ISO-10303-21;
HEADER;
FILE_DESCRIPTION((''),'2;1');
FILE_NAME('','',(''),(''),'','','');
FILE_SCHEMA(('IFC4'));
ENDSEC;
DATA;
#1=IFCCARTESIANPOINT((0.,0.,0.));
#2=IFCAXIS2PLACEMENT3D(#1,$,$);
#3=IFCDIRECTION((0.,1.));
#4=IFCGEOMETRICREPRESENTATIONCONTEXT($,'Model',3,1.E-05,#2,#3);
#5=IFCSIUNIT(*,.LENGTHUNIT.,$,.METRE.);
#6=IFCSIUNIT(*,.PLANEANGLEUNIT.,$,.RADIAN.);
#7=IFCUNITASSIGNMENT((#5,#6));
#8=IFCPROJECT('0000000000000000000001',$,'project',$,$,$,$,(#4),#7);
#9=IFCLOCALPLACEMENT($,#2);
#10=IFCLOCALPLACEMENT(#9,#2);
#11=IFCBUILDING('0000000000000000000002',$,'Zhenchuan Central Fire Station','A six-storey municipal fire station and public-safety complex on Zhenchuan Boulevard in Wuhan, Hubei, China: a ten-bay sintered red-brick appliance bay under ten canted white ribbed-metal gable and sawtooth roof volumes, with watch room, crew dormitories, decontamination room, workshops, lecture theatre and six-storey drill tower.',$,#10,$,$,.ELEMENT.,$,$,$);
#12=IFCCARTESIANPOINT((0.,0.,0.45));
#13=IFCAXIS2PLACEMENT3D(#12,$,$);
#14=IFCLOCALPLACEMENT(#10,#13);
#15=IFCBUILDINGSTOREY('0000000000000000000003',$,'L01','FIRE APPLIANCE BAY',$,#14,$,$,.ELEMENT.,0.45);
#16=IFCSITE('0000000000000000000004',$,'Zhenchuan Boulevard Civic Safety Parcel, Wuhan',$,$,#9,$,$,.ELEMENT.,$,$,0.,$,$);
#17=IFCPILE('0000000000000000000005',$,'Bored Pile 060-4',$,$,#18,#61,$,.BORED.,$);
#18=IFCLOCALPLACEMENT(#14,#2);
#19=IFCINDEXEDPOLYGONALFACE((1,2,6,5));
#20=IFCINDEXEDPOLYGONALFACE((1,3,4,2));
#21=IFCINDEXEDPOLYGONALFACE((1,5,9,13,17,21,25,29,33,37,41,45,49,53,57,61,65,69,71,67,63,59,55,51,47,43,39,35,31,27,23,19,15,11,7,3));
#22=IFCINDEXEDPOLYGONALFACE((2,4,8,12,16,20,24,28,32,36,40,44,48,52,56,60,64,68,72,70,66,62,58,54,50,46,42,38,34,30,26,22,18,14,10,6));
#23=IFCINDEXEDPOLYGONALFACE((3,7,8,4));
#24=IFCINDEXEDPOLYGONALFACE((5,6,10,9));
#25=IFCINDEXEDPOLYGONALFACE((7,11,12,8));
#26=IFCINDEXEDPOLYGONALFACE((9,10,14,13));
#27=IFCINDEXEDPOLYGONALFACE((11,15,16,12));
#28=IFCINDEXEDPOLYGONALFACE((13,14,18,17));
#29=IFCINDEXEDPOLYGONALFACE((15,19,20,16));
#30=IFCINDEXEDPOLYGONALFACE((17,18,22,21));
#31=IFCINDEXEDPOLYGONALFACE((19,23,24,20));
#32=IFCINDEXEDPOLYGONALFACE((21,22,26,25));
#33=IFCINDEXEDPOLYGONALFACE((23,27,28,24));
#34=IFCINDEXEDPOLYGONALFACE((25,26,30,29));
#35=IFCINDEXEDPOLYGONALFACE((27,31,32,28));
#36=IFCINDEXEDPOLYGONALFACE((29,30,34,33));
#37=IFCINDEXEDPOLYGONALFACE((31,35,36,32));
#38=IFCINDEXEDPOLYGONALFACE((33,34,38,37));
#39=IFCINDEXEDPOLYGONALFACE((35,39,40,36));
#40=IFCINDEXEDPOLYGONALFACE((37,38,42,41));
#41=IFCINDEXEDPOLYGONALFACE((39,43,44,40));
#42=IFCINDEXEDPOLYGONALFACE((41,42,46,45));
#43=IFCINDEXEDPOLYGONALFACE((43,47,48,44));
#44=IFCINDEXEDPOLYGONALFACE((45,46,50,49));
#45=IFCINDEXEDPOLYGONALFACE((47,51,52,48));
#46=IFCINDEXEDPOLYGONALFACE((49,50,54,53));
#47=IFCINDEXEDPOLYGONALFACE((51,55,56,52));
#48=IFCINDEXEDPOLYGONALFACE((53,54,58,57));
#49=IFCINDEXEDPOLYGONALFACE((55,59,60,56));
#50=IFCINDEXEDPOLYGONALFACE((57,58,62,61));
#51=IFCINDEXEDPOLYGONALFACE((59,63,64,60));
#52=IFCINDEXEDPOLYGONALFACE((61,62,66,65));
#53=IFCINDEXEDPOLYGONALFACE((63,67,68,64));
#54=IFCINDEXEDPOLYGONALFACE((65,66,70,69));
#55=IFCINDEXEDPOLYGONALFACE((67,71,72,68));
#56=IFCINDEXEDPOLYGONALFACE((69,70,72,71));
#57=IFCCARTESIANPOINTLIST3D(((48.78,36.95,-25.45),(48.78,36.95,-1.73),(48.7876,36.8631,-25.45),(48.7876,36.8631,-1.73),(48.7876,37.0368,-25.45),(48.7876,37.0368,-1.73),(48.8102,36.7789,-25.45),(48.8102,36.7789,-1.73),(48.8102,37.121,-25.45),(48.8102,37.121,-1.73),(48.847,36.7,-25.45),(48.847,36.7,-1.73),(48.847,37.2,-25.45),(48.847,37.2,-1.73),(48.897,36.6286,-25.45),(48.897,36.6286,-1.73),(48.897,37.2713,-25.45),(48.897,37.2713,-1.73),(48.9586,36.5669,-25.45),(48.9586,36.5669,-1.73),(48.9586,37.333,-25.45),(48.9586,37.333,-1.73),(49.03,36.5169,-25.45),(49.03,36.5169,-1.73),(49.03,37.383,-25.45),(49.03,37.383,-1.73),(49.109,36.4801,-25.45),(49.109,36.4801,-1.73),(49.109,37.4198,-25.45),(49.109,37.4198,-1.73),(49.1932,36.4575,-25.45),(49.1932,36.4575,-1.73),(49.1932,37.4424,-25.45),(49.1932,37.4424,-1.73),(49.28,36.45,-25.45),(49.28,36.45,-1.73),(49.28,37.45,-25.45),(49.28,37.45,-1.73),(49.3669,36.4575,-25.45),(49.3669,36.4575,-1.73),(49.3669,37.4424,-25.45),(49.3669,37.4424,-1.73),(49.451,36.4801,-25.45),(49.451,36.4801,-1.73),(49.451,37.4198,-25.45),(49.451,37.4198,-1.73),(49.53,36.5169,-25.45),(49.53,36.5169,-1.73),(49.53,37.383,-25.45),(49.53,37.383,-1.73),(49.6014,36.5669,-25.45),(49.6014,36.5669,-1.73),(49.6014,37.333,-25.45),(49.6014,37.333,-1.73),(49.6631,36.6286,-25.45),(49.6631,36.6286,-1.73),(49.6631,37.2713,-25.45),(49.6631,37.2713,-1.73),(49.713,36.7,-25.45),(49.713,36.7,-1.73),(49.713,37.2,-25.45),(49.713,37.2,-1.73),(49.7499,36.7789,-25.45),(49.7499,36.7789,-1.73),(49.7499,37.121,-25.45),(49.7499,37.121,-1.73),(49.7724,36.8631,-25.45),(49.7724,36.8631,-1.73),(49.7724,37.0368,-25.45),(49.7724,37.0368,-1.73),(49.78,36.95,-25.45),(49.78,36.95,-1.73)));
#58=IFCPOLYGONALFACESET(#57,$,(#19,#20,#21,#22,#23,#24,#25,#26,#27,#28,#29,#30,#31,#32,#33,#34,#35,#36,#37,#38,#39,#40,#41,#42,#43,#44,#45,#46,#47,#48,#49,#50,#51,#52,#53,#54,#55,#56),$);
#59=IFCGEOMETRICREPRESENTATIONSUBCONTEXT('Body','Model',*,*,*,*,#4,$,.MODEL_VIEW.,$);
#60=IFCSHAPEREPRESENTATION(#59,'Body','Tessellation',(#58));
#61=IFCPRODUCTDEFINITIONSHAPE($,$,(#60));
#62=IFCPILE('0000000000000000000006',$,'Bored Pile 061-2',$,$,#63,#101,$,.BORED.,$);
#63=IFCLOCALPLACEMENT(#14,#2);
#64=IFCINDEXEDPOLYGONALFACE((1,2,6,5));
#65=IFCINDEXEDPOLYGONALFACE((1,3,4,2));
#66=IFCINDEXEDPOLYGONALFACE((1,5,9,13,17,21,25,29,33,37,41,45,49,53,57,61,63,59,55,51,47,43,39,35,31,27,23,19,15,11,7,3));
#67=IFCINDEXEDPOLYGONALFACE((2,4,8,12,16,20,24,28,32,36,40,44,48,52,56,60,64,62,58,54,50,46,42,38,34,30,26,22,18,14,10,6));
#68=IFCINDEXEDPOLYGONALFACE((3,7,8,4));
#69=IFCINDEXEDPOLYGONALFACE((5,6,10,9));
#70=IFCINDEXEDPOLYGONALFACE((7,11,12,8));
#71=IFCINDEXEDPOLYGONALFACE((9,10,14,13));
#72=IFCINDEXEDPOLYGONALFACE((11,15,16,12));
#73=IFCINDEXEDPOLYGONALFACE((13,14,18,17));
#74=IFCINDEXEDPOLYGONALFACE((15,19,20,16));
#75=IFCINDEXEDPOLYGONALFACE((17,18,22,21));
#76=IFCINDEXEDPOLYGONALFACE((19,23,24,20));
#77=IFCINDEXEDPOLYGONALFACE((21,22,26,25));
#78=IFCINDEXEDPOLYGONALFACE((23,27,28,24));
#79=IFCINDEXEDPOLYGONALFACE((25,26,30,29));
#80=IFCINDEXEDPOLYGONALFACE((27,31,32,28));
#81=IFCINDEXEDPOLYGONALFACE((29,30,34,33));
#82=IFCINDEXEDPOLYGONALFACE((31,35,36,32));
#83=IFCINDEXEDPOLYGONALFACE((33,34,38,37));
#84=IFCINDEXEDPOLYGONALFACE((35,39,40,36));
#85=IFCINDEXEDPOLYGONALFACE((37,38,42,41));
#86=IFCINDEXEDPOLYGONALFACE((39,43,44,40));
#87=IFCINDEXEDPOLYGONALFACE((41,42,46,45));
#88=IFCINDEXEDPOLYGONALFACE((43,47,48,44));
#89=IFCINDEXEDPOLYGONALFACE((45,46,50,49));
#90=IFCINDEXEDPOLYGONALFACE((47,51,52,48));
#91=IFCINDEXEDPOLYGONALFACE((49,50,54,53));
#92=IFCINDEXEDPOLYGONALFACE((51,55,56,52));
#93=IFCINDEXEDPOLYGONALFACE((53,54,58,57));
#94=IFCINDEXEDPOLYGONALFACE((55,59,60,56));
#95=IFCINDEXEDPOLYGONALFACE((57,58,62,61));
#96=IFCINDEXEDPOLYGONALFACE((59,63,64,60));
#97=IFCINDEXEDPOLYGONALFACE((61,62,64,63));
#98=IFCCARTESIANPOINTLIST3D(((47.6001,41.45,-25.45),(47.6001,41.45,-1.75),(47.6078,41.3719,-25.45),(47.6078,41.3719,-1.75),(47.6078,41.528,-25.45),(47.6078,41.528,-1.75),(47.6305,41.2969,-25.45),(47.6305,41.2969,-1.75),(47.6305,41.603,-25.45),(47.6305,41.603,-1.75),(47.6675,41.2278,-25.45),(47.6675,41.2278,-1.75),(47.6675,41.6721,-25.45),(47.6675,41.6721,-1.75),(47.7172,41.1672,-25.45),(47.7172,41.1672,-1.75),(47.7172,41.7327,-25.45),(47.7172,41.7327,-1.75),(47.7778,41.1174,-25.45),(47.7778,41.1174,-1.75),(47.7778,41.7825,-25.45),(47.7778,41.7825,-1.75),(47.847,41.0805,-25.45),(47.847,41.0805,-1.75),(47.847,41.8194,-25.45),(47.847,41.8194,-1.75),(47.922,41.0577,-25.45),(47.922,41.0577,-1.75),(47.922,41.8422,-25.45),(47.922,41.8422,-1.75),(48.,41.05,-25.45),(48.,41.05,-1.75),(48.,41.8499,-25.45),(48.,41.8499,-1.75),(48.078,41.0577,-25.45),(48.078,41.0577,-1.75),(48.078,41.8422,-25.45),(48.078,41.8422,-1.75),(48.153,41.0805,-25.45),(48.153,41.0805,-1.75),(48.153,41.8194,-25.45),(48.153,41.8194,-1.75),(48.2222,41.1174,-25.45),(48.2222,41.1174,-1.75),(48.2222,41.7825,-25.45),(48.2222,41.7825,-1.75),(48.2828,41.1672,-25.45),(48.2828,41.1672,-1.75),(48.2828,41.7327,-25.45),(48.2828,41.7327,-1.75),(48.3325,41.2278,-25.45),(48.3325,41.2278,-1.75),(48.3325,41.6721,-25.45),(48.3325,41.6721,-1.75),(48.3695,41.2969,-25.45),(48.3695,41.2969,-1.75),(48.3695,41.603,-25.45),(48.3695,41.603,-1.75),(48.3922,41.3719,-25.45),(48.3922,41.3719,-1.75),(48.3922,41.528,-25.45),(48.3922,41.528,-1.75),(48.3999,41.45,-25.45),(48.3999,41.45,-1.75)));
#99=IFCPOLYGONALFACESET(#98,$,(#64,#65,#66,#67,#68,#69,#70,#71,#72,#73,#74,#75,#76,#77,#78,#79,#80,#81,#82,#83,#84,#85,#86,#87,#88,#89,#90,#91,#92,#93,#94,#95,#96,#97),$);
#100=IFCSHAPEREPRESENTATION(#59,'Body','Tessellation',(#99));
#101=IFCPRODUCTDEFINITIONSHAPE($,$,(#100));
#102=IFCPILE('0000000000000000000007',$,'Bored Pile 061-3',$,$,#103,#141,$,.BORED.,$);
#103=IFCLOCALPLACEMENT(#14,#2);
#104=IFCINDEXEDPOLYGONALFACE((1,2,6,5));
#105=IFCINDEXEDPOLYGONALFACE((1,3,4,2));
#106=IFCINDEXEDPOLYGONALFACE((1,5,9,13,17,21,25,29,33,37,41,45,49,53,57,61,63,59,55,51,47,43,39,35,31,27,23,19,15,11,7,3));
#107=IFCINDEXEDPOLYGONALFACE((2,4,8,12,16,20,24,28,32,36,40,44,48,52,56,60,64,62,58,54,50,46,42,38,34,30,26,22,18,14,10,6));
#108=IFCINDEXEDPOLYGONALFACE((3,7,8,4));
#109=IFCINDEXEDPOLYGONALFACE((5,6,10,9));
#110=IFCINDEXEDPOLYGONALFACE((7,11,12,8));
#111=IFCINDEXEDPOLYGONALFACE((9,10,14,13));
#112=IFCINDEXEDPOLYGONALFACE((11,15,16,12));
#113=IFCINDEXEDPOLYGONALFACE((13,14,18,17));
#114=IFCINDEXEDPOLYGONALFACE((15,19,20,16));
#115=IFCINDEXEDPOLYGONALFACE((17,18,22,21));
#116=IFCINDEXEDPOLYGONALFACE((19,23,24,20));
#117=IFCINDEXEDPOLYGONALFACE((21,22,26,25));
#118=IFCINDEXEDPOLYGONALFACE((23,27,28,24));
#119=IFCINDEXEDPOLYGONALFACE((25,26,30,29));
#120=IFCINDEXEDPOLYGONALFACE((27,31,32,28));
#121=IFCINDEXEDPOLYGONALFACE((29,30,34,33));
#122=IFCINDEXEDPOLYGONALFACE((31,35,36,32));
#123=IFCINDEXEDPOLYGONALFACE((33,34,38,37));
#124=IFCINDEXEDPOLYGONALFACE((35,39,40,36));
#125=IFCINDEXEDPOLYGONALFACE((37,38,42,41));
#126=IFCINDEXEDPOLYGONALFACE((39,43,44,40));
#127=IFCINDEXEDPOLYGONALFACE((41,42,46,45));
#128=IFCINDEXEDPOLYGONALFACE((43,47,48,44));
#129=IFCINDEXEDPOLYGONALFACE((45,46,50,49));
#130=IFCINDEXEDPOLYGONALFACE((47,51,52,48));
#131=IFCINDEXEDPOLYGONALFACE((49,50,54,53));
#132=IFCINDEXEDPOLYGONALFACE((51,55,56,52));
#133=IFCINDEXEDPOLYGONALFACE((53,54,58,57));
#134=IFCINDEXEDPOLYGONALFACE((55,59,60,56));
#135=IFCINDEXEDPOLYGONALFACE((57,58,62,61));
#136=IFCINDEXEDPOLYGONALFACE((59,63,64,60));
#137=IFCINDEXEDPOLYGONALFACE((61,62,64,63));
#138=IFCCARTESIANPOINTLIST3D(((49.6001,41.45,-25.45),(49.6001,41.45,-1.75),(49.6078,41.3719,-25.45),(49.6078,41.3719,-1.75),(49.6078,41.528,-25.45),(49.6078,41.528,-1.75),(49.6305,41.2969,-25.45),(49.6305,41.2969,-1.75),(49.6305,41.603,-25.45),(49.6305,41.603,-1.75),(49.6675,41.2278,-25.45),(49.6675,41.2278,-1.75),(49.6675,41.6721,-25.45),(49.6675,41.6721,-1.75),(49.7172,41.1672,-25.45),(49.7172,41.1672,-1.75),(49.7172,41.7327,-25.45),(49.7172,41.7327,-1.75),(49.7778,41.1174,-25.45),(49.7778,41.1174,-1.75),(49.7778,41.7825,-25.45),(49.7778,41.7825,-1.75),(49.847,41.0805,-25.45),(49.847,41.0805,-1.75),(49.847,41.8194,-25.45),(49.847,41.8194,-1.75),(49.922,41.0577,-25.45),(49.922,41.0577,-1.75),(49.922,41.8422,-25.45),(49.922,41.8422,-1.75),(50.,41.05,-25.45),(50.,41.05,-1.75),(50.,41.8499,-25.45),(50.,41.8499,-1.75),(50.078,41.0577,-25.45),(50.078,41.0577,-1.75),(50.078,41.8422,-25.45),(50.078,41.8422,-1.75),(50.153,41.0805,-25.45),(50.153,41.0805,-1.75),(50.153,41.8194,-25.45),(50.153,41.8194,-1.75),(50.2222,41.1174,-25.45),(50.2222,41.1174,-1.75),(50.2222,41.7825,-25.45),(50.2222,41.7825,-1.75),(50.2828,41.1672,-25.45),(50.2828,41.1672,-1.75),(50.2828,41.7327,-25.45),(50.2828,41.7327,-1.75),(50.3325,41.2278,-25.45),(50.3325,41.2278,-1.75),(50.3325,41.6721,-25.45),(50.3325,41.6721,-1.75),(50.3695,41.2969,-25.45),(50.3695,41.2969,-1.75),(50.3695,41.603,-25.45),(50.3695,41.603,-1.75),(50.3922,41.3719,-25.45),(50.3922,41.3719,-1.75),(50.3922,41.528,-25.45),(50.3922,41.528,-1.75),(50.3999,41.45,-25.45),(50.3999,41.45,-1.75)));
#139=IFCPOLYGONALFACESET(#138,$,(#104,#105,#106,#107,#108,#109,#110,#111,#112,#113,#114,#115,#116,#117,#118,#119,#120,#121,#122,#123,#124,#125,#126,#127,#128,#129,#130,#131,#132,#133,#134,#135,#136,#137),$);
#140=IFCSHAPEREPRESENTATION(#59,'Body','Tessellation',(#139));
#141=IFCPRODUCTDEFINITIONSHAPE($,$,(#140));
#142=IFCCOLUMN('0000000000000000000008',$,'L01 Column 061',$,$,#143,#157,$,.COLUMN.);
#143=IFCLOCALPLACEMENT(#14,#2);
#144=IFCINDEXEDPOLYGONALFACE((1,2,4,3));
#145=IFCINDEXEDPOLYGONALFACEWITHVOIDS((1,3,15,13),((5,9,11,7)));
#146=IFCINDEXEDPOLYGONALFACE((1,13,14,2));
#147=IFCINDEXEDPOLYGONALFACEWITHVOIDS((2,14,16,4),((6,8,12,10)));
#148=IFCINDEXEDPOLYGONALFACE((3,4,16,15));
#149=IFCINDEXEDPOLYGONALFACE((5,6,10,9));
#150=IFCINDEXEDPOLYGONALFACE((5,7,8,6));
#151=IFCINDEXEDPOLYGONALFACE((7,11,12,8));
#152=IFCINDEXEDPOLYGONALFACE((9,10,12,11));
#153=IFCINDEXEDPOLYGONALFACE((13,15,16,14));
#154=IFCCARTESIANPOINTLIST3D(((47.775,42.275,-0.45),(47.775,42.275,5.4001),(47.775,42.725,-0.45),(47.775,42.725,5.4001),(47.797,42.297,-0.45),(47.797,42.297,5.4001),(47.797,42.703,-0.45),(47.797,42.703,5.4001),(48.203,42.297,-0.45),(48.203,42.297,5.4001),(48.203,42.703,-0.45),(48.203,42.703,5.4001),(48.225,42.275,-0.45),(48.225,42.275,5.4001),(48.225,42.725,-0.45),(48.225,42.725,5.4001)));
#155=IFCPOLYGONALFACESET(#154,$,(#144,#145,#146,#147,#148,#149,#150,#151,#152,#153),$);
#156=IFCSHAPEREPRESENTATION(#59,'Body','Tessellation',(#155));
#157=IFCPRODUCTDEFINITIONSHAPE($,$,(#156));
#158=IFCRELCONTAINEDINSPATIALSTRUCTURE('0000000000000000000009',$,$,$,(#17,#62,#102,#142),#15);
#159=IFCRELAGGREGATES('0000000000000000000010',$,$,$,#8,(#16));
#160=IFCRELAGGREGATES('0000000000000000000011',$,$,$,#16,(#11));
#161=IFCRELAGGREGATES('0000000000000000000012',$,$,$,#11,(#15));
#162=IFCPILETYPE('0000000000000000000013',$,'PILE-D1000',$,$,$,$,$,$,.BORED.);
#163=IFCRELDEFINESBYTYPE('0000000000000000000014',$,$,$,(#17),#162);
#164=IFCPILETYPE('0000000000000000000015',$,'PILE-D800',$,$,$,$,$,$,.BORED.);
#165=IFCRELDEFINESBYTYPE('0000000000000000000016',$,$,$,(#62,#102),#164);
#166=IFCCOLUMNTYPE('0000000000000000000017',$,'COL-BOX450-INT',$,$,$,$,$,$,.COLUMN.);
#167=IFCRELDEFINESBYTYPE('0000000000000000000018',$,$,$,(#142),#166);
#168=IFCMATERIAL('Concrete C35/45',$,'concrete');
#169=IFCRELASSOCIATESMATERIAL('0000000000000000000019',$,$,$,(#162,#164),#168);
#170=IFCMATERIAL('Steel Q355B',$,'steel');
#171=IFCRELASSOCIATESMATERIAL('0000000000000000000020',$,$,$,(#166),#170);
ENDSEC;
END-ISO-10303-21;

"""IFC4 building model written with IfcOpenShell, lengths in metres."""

from ifc_helpers import new_model, si_unit, direction, frame, origin, origin_2d, place, context, subcontext, project, spatial, hollow_rectangle, circle, extrude, material, material_profile, profile_set, type_object, element, save


model = new_model("IFC4")

# Units and contexts
model_context = context("Model", 3, precision=1e-05, world=origin(), true_north=direction((0.0, 1.0)))
body_context = subcontext(model_context, "Body", "Model", "MODEL_VIEW")
ifc_project = project(units=[si_unit("LENGTHUNIT", "METRE"), si_unit("PLANEANGLEUNIT", "RADIAN")], contexts=[model_context])

# Site, building, storey
site_placement = place(None, origin())
site = spatial("IfcSite", under=ifc_project, at=site_placement, Name="Zhenchuan Boulevard Civic Safety Parcel, Wuhan", CompositionType="ELEMENT", RefElevation=0.0)
building_placement = place(site_placement, origin())
building = spatial("IfcBuilding", under=site, at=building_placement, Name="Zhenchuan Central Fire Station", Description="A six-storey municipal fire station and public-safety complex on Zhenchuan Boulevard in Wuhan, Hubei, China: a ten-bay sintered red-brick appliance bay under ten canted white ribbed-metal gable and sawtooth roof volumes, with watch room, crew dormitories, decontamination room, workshops, lecture theatre and six-storey drill tower.", CompositionType="ELEMENT")
storey_placement = place(building_placement, frame((0.0, 0.0, 0.45)))
storey = spatial("IfcBuildingStorey", under=building, at=storey_placement, Name="L01", Description="FIRE APPLIANCE BAY", CompositionType="ELEMENT", Elevation=0.45)

# Piles
ifc_material_1 = material(Name="Concrete C35/45", Category="concrete")
ifc_material_profile_1 = material_profile(ifc_material_1, circle(Radius=0.5, at=origin_2d()), Name="PILE D1000")
ifc_profile_set_1 = profile_set([ifc_material_profile_1], Name="Concrete C35/45")
pile_type_1 = type_object("IfcPileType", Name="PILE-D1000", PredefinedType="BORED", material=ifc_profile_set_1)
for number, where, z_axis, x_axis, name in (
    (1, (49.28, 36.95, -1.73), (0.0, 0.0, -1.0), (1.0, 0.0, 0.0), "Bored Pile 060-4"),
):
    element("IfcPile", number, at=place(storey_placement, frame(where, z_axis=z_axis, x_axis=x_axis)), inside=storey, type_object=pile_type_1, Name=name, PredefinedType="BORED", context=body_context, shape_type="SweptSolid", body=[
        extrude(circle(Radius=0.5, at=origin_2d()), origin(), (0.0, 0.0, 1.0), 23.72),
    ])
ifc_material_profile_2 = material_profile(ifc_material_1, circle(Radius=0.3999, at=origin_2d()), Name="PILE D800")
ifc_profile_set_2 = profile_set([ifc_material_profile_2], Name="Concrete C35/45")
pile_type_2 = type_object("IfcPileType", Name="PILE-D800", PredefinedType="BORED", material=ifc_profile_set_2)
for number, where, z_axis, x_axis, name in (
    (2, (48.0, 41.45, -1.75), (0.0, 0.0, -1.0), (1.0, 0.0, 0.0), "Bored Pile 061-2"),
    (3, (50.0, 41.45, -1.75), (0.0, 0.0, -1.0), (1.0, 0.0, 0.0), "Bored Pile 061-3"),
):
    element("IfcPile", number, at=place(storey_placement, frame(where, z_axis=z_axis, x_axis=x_axis)), inside=storey, type_object=pile_type_2, Name=name, PredefinedType="BORED", context=body_context, shape_type="SweptSolid", body=[
        extrude(circle(Radius=0.3999, at=origin_2d()), origin(), (0.0, 0.0, 1.0), 23.7),
    ])

# Column
ifc_material_2 = material(Name="Steel Q355B", Category="steel")
ifc_material_profile_3 = material_profile(ifc_material_2, hollow_rectangle(XDim=0.45, YDim=0.45, WallThickness=0.022, at=origin_2d()), Name="BOX 450x450x22")
ifc_profile_set_3 = profile_set([ifc_material_profile_3], Name="Steel Q355B")
column_type_1 = type_object("IfcColumnType", Name="COL-BOX450-INT", PredefinedType="COLUMN", material=ifc_profile_set_3)
column_1_placement = place(storey_placement, frame((48.0, 42.5, -0.45), z_axis=(0.0, 0.0, 1.0), x_axis=(1.0, 0.0, 0.0)))
element("IfcColumn", 4, at=column_1_placement, inside=storey, type_object=column_type_1, Name="L01 Column 061", PredefinedType="COLUMN", context=body_context, shape_type="SweptSolid", body=[
    extrude(hollow_rectangle(XDim=0.45, YDim=0.45, WallThickness=0.022, at=origin_2d()), origin(), (0.0, 0.0, 1.0), 5.8501),
])

save(model, "model.ifc")
